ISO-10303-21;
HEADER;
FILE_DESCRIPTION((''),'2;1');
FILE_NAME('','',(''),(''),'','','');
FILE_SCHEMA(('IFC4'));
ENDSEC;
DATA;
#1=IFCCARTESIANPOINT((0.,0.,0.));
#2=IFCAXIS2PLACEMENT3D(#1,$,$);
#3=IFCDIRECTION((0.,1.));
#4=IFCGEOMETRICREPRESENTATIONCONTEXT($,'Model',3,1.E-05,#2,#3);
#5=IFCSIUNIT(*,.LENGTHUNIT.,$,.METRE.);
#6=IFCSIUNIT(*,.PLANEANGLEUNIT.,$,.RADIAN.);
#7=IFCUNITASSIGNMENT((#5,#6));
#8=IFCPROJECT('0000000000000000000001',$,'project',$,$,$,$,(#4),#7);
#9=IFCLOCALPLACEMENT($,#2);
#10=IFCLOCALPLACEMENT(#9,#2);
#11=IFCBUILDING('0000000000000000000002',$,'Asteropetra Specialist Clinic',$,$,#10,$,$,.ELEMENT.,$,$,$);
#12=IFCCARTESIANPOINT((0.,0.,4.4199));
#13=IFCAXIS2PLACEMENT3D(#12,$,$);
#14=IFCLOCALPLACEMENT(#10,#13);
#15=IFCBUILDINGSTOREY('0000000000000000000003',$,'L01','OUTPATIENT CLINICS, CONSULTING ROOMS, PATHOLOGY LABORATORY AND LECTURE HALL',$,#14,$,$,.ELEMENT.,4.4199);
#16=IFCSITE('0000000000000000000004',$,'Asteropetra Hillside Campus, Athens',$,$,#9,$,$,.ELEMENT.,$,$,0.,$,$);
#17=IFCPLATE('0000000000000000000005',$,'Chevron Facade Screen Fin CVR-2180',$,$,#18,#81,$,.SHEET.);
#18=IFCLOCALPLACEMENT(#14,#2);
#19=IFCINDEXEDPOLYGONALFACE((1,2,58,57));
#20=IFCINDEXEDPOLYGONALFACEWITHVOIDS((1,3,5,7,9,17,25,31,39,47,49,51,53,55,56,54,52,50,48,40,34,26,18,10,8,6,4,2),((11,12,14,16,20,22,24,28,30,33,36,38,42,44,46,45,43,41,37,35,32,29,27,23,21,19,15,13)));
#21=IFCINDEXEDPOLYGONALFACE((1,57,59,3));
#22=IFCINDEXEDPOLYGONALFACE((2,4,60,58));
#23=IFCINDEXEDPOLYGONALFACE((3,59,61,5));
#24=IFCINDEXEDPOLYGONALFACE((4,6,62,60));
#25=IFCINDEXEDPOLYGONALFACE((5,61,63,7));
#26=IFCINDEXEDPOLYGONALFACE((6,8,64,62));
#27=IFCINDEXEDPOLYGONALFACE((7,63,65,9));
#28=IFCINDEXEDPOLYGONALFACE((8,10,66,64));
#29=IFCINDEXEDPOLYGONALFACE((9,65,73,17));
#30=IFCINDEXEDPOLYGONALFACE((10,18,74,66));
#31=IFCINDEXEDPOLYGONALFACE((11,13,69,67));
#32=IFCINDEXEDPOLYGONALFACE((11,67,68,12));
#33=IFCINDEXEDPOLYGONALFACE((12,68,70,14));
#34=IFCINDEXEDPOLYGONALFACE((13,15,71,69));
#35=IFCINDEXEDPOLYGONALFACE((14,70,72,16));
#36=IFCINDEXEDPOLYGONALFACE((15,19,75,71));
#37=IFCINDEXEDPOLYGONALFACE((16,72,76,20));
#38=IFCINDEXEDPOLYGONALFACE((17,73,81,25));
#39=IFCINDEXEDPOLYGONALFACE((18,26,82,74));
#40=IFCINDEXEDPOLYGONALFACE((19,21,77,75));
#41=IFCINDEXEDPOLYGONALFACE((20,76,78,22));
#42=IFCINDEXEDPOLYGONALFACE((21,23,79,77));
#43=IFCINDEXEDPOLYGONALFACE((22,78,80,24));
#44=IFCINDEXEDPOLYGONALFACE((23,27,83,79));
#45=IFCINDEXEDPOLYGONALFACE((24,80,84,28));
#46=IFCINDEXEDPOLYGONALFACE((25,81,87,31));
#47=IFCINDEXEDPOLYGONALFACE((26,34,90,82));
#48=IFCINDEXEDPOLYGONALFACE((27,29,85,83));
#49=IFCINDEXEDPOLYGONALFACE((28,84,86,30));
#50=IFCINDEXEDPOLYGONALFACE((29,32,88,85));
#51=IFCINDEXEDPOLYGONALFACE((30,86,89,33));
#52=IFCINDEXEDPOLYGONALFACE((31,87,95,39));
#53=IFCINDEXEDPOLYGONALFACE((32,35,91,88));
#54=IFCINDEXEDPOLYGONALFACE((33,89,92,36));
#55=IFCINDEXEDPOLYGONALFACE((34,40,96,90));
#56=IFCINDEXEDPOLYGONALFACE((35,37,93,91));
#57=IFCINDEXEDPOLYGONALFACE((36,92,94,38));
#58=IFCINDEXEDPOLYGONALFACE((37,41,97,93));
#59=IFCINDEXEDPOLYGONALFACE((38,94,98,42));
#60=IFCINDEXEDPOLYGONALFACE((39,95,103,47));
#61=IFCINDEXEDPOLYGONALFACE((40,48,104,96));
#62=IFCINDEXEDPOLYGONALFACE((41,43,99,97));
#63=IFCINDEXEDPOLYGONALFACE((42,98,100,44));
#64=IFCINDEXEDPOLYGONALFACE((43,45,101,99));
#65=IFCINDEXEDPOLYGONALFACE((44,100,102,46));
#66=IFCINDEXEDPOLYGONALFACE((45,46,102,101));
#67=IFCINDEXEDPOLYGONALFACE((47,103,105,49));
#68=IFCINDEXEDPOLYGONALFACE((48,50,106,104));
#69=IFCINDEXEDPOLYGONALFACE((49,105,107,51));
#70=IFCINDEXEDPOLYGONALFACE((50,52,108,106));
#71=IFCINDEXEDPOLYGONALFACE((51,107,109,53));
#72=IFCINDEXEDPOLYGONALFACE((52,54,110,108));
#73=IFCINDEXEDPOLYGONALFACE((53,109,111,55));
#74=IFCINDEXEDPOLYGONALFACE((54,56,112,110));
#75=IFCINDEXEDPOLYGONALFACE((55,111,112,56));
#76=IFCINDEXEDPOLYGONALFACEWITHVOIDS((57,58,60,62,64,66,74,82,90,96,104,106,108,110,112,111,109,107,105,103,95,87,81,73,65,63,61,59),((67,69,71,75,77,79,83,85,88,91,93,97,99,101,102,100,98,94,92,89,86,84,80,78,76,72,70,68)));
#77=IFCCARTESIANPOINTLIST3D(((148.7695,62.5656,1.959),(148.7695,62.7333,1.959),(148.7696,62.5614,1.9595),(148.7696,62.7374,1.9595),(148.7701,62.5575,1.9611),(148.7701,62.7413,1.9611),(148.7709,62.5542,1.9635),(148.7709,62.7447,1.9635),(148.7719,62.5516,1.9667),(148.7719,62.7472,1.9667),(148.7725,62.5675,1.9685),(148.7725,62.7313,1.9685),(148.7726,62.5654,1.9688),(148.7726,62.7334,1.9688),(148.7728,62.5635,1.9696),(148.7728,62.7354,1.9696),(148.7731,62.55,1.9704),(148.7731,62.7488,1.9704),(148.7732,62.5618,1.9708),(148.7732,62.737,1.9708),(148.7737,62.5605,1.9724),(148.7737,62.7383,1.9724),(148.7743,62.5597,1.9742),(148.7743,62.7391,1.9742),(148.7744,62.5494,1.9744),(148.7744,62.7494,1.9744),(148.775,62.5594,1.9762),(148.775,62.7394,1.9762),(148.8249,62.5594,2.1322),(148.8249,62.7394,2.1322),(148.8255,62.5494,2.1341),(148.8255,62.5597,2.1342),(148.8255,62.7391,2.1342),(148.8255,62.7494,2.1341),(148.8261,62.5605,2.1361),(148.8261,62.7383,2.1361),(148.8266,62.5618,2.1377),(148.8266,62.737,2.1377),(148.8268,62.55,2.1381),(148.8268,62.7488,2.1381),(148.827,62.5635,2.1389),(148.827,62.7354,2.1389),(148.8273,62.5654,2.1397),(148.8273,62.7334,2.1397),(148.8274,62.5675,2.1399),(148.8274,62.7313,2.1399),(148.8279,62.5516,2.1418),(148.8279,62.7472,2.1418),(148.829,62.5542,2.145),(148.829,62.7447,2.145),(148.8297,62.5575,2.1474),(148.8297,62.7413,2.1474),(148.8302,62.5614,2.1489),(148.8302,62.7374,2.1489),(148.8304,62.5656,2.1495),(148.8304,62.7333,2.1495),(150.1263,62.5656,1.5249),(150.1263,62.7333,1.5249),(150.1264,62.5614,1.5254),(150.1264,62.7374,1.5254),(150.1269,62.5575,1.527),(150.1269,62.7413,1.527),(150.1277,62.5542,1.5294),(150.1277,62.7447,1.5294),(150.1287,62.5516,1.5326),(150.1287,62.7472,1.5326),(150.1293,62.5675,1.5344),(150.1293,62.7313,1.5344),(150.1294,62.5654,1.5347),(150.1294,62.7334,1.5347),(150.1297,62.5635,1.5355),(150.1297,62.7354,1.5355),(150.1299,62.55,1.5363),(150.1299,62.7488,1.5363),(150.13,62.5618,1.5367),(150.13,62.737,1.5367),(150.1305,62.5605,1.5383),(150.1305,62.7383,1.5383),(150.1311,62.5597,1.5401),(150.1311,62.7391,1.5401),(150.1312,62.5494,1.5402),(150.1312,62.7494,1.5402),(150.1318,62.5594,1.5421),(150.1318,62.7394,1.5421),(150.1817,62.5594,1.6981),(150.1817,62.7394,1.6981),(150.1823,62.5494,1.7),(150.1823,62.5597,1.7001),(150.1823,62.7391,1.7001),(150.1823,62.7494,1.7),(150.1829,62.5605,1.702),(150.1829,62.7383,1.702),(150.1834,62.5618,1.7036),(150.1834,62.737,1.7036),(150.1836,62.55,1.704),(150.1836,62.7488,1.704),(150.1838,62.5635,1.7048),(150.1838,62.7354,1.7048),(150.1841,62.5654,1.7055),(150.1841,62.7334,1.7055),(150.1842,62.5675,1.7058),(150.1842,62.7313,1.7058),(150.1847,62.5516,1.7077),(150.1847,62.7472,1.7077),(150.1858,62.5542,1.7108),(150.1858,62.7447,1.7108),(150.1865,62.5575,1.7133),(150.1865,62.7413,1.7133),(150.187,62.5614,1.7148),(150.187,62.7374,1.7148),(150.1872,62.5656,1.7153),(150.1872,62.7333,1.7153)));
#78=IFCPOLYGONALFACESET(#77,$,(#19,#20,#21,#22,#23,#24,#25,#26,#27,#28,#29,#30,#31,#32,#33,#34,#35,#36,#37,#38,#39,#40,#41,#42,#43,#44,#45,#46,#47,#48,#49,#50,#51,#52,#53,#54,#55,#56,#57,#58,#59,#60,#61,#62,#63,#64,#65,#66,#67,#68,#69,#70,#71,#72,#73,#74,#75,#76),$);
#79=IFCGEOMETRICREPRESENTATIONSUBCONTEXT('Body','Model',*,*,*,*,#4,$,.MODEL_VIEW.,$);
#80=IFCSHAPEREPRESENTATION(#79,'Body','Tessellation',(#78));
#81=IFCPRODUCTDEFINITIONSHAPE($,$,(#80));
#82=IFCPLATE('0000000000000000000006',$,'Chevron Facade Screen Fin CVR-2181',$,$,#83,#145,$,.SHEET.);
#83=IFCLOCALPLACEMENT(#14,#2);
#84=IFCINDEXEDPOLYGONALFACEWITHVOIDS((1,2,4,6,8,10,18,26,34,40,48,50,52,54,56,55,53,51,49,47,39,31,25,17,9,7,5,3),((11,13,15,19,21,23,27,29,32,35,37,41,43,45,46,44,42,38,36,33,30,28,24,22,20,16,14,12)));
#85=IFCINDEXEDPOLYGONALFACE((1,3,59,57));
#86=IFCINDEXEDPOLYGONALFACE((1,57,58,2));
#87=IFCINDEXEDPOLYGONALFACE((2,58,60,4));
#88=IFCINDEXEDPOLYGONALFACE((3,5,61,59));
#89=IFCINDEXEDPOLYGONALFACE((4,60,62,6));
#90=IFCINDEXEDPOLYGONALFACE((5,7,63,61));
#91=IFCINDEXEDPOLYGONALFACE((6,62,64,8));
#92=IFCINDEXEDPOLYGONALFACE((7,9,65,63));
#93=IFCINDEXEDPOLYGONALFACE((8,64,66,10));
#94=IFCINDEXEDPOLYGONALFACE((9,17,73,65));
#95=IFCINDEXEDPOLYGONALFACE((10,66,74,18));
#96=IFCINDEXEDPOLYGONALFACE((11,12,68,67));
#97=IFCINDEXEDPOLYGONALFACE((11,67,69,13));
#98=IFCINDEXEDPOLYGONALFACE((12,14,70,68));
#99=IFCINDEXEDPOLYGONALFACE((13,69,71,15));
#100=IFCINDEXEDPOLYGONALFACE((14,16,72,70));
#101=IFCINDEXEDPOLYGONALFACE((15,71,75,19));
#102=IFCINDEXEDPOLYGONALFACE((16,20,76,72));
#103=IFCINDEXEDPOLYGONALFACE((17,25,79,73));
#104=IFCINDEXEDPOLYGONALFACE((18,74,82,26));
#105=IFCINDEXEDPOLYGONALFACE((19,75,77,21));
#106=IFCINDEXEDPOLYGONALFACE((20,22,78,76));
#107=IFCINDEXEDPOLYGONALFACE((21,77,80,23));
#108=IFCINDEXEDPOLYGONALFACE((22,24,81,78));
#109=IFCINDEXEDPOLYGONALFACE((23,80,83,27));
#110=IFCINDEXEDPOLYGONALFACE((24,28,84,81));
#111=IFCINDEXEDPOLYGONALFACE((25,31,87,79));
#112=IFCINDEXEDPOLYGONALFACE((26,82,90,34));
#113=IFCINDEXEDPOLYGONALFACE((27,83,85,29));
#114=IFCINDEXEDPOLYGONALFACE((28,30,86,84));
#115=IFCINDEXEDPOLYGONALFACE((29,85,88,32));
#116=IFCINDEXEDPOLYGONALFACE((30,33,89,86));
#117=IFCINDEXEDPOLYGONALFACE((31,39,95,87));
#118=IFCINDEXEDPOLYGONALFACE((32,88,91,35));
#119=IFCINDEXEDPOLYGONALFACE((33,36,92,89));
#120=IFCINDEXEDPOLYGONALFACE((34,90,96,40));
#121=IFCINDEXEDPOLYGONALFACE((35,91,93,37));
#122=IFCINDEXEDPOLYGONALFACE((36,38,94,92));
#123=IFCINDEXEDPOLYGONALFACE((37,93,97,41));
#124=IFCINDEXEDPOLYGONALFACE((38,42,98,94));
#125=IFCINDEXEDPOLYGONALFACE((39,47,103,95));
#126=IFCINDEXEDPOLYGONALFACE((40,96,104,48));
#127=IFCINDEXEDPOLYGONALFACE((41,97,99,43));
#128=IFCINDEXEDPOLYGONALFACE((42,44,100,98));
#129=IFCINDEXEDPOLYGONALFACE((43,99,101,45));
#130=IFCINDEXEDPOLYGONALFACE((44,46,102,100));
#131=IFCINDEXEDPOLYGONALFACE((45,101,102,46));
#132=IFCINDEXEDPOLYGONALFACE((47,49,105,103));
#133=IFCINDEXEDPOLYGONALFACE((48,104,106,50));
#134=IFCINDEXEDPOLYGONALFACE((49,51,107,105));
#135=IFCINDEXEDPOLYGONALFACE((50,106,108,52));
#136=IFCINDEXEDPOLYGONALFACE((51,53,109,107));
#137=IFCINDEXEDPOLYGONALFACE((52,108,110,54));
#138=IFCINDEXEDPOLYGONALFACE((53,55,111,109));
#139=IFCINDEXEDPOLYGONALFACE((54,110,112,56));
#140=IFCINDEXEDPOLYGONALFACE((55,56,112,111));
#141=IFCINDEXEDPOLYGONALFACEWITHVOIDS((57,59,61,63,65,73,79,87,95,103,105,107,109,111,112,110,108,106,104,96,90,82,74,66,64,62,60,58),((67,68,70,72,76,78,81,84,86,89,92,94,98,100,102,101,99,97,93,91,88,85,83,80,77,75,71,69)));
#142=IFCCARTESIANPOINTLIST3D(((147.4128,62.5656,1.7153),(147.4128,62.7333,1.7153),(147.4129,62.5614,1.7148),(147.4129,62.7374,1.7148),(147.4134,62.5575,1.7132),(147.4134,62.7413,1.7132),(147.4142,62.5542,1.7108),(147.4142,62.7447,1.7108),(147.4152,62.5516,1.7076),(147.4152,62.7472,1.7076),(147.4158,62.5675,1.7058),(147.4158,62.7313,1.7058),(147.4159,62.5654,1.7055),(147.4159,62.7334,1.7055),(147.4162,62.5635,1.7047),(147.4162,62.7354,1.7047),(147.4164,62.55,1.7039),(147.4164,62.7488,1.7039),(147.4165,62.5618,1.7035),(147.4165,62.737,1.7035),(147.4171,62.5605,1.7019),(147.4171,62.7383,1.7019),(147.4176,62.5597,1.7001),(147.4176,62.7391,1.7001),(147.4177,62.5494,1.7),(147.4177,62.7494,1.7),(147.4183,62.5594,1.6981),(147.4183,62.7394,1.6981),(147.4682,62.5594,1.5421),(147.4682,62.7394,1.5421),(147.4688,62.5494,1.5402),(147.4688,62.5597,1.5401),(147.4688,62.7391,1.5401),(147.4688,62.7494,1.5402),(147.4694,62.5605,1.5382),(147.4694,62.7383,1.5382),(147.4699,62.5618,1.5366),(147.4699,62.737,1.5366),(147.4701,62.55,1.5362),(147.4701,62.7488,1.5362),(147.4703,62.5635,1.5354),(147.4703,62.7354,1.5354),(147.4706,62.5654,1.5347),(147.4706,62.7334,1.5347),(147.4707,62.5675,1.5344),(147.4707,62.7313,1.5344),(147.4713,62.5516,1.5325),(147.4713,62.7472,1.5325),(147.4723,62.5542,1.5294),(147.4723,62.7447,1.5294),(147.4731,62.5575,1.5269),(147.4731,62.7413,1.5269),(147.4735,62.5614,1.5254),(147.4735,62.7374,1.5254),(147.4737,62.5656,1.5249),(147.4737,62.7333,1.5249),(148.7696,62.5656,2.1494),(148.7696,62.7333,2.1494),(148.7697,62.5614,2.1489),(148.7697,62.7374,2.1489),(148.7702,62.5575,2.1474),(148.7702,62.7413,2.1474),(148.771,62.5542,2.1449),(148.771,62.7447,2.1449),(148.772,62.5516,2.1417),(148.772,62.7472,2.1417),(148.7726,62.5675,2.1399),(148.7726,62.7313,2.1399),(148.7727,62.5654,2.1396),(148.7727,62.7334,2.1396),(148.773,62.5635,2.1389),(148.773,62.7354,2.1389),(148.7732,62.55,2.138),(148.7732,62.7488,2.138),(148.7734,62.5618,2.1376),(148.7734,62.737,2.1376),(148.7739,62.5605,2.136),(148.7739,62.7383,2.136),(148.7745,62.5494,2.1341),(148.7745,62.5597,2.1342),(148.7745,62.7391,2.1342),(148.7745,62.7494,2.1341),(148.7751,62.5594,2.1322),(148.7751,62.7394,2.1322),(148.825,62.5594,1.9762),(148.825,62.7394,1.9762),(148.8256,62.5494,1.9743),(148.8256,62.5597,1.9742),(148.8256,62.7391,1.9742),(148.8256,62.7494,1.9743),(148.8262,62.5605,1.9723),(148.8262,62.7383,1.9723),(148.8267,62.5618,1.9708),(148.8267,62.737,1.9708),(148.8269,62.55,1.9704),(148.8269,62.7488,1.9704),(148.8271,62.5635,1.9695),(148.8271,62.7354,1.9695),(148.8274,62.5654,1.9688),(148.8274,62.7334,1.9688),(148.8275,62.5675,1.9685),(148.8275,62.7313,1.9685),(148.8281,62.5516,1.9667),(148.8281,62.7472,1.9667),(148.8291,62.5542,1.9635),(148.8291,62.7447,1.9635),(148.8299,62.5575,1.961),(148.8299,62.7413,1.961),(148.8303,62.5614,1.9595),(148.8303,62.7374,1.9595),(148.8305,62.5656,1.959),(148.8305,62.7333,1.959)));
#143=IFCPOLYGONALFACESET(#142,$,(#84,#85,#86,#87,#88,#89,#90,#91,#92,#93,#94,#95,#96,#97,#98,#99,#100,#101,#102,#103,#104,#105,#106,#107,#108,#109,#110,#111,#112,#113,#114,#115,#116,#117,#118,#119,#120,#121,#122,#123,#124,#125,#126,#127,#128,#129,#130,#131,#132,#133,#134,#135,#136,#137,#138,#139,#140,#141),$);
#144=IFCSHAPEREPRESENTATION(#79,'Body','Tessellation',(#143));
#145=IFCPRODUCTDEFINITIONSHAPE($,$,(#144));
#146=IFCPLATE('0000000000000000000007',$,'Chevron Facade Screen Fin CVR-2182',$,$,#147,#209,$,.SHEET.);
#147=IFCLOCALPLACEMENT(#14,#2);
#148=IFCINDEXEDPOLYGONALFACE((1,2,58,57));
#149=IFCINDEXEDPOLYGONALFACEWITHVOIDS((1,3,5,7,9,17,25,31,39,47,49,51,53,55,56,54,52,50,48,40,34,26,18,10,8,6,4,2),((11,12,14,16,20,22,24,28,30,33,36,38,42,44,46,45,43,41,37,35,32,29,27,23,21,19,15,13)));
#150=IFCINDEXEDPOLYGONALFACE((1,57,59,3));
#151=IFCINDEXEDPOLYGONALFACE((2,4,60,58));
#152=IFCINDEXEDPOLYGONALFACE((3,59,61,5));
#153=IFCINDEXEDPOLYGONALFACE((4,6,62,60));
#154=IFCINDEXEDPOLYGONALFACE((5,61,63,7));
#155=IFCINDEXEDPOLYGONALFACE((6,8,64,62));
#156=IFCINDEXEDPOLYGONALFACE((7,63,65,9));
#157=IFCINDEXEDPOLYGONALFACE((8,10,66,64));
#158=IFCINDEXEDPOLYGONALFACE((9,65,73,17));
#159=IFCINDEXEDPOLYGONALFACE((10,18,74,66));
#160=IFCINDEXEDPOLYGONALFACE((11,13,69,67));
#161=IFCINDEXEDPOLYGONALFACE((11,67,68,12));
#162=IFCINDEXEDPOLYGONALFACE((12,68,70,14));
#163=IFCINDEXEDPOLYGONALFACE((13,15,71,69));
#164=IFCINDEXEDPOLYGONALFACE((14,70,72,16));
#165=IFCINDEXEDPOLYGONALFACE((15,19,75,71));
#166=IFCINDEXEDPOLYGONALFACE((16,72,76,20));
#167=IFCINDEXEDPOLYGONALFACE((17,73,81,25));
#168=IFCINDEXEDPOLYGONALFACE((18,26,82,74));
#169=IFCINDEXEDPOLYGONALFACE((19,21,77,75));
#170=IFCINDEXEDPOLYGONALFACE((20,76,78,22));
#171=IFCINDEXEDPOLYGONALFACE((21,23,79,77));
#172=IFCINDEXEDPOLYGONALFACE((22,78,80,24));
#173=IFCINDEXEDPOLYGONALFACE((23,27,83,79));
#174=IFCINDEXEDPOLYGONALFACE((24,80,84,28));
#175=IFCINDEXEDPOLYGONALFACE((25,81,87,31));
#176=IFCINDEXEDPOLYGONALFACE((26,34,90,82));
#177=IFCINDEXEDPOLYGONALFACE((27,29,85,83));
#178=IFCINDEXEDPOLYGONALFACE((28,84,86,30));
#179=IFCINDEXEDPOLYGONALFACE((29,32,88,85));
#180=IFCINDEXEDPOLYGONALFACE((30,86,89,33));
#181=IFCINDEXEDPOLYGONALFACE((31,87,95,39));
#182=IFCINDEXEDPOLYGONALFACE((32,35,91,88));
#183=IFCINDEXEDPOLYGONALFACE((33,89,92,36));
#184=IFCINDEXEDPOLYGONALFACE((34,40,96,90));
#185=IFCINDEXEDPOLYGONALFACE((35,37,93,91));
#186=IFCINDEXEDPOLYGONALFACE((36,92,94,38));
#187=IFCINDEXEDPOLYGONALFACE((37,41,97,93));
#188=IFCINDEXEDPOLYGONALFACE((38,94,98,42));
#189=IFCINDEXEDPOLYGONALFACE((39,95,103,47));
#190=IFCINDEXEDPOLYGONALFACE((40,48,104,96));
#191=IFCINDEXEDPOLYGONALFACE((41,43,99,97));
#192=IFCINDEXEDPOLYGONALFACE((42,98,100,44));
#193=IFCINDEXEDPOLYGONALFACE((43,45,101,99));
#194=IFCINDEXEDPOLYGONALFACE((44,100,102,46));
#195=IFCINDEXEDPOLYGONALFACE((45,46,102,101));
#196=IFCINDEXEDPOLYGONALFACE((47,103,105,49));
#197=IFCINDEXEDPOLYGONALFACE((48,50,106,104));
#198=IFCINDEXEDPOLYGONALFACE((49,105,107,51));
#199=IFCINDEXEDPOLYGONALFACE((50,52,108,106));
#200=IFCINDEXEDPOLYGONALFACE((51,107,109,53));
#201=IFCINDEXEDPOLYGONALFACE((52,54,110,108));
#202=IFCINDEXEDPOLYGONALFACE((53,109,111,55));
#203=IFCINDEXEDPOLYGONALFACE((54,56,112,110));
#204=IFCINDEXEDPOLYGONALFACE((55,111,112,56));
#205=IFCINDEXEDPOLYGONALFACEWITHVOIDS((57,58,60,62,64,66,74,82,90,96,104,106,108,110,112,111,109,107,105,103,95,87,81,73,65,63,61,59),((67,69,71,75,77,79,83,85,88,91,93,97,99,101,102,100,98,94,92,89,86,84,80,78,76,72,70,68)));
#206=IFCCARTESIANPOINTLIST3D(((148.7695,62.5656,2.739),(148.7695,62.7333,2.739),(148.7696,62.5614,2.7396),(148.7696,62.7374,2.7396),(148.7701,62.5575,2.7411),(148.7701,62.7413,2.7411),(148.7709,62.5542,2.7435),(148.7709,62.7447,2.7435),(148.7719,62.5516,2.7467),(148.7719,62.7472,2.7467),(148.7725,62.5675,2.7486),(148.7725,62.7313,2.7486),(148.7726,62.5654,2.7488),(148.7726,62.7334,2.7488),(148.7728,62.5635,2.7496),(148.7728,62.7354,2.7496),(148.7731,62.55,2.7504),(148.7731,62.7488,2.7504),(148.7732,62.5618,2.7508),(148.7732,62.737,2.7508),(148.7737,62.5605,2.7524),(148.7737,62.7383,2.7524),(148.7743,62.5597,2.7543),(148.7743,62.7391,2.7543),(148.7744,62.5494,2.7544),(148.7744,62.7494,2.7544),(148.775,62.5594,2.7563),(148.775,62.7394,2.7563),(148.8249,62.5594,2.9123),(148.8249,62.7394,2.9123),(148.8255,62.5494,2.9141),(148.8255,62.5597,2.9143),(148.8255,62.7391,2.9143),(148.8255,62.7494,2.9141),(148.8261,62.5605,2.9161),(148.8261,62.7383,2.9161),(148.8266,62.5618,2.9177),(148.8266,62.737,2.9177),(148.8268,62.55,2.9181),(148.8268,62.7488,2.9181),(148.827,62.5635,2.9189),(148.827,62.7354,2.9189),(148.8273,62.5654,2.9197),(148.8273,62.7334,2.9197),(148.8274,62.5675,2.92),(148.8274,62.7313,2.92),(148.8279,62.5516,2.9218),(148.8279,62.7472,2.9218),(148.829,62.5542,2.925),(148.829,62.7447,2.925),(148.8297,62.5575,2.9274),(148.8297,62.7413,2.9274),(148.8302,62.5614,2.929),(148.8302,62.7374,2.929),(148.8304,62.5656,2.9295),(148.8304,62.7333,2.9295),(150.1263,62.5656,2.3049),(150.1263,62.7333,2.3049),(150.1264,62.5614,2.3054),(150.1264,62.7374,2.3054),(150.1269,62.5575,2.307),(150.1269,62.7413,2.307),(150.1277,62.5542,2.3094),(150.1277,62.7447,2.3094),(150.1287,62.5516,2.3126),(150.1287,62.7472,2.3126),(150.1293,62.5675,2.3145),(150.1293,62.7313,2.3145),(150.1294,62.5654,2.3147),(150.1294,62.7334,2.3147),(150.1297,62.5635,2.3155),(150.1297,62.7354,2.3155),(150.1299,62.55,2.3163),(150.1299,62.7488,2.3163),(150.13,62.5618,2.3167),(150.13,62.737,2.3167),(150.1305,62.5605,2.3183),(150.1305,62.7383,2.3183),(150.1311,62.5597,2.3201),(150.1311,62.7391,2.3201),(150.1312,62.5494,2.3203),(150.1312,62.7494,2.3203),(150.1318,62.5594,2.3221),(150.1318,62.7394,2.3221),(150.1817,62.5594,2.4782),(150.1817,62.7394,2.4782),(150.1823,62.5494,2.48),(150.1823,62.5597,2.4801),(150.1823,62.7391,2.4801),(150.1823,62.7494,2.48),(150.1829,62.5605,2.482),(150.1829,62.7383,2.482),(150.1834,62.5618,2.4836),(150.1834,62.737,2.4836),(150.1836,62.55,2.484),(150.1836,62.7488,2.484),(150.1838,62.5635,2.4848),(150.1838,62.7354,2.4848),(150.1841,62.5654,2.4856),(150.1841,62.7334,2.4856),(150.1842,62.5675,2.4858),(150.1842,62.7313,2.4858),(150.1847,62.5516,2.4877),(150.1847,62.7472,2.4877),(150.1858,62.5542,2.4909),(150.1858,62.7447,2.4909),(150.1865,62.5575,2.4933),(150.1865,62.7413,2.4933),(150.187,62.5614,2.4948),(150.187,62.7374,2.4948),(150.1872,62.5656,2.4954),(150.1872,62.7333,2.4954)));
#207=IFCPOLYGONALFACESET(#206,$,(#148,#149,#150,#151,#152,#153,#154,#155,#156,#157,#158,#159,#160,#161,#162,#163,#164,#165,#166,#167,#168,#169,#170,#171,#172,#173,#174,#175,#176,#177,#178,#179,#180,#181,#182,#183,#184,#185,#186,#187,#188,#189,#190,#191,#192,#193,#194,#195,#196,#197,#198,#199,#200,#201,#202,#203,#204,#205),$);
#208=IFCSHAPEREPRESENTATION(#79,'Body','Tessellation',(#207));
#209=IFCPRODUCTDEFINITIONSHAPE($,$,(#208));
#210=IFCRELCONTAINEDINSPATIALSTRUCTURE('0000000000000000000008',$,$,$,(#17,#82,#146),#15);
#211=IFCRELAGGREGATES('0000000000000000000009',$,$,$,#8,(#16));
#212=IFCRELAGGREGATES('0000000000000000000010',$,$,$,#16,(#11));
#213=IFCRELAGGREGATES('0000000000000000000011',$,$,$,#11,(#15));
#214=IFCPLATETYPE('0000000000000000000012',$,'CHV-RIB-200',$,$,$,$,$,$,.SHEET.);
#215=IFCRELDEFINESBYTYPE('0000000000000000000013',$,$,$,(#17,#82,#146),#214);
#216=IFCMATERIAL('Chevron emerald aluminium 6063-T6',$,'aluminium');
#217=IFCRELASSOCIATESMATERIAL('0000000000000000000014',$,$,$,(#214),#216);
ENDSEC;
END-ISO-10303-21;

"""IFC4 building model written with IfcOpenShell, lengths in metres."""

from ifc_helpers import new_model, si_unit, direction, frame, origin, origin_2d, place, context, subcontext, project, spatial, hollow_rectangle, extrude, material, material_profile, profile_set, type_object, element, save


model = new_model("IFC4")

# Units and contexts
model_context = context("Model", 3, precision=1e-05, world=origin(), true_north=direction((0.0, 1.0)))
body_context = subcontext(model_context, "Body", "Model", "MODEL_VIEW")
ifc_project = project(units=[si_unit("LENGTHUNIT", "METRE"), si_unit("PLANEANGLEUNIT", "RADIAN")], contexts=[model_context])

# Site, building, storey
site_placement = place(None, origin())
site = spatial("IfcSite", under=ifc_project, at=site_placement, Name="Asteropetra Hillside Campus, Athens", CompositionType="ELEMENT", RefElevation=0.0)
building_placement = place(site_placement, origin())
building = spatial("IfcBuilding", under=site, at=building_placement, Name="Asteropetra Specialist Clinic", CompositionType="ELEMENT")
storey_placement = place(building_placement, frame((0.0, 0.0, 4.4199)))
storey = spatial("IfcBuildingStorey", under=building, at=storey_placement, Name="L01", Description="OUTPATIENT CLINICS, CONSULTING ROOMS, PATHOLOGY LABORATORY AND LECTURE HALL", CompositionType="ELEMENT", Elevation=4.4199)

# Plates
ifc_material_1 = material(Name="Chevron emerald aluminium 6063-T6", Category="aluminium")
ifc_material_profile = material_profile(ifc_material_1, hollow_rectangle(XDim=0.2, YDim=0.2, WallThickness=0.01, InnerFilletRadius=0.0081, OuterFilletRadius=0.0161, at=origin_2d()), Name="SHS 200x200x10.0")
ifc_profile_set = profile_set([ifc_material_profile], Name="Chevron emerald aluminium 6063-T6")
plate_type = type_object("IfcPlateType", Name="CHV-RIB-200", PredefinedType="SHEET", material=ifc_profile_set)
for number, where, z_axis, x_axis, name in (
    (1, (150.1567, 62.6494, 1.6201), (-0.952436, 0.0, 0.304738), (0.0, -1.0, 0.0), "Chevron Facade Screen Fin CVR-2180"),
    (2, (148.8, 62.6494, 2.0542), (-0.952436, 0.0, -0.304738), (0.0, -1.0, 0.0), "Chevron Facade Screen Fin CVR-2181"),
    (3, (150.1567, 62.6494, 2.4001), (-0.952436, 0.0, 0.304738), (0.0, -1.0, 0.0), "Chevron Facade Screen Fin CVR-2182"),
):
    element("IfcPlate", number, at=place(storey_placement, frame(where, z_axis=z_axis, x_axis=x_axis)), inside=storey, type_object=plate_type, Name=name, PredefinedType="SHEET", context=body_context, shape_type="SweptSolid", body=[
        extrude(hollow_rectangle(XDim=0.2, YDim=0.2, WallThickness=0.01, InnerFilletRadius=0.0081, OuterFilletRadius=0.0161, at=origin_2d()), origin(), (0.0, 0.0, 1.0), 1.4246),
    ])

save(model, "model.ifc")
